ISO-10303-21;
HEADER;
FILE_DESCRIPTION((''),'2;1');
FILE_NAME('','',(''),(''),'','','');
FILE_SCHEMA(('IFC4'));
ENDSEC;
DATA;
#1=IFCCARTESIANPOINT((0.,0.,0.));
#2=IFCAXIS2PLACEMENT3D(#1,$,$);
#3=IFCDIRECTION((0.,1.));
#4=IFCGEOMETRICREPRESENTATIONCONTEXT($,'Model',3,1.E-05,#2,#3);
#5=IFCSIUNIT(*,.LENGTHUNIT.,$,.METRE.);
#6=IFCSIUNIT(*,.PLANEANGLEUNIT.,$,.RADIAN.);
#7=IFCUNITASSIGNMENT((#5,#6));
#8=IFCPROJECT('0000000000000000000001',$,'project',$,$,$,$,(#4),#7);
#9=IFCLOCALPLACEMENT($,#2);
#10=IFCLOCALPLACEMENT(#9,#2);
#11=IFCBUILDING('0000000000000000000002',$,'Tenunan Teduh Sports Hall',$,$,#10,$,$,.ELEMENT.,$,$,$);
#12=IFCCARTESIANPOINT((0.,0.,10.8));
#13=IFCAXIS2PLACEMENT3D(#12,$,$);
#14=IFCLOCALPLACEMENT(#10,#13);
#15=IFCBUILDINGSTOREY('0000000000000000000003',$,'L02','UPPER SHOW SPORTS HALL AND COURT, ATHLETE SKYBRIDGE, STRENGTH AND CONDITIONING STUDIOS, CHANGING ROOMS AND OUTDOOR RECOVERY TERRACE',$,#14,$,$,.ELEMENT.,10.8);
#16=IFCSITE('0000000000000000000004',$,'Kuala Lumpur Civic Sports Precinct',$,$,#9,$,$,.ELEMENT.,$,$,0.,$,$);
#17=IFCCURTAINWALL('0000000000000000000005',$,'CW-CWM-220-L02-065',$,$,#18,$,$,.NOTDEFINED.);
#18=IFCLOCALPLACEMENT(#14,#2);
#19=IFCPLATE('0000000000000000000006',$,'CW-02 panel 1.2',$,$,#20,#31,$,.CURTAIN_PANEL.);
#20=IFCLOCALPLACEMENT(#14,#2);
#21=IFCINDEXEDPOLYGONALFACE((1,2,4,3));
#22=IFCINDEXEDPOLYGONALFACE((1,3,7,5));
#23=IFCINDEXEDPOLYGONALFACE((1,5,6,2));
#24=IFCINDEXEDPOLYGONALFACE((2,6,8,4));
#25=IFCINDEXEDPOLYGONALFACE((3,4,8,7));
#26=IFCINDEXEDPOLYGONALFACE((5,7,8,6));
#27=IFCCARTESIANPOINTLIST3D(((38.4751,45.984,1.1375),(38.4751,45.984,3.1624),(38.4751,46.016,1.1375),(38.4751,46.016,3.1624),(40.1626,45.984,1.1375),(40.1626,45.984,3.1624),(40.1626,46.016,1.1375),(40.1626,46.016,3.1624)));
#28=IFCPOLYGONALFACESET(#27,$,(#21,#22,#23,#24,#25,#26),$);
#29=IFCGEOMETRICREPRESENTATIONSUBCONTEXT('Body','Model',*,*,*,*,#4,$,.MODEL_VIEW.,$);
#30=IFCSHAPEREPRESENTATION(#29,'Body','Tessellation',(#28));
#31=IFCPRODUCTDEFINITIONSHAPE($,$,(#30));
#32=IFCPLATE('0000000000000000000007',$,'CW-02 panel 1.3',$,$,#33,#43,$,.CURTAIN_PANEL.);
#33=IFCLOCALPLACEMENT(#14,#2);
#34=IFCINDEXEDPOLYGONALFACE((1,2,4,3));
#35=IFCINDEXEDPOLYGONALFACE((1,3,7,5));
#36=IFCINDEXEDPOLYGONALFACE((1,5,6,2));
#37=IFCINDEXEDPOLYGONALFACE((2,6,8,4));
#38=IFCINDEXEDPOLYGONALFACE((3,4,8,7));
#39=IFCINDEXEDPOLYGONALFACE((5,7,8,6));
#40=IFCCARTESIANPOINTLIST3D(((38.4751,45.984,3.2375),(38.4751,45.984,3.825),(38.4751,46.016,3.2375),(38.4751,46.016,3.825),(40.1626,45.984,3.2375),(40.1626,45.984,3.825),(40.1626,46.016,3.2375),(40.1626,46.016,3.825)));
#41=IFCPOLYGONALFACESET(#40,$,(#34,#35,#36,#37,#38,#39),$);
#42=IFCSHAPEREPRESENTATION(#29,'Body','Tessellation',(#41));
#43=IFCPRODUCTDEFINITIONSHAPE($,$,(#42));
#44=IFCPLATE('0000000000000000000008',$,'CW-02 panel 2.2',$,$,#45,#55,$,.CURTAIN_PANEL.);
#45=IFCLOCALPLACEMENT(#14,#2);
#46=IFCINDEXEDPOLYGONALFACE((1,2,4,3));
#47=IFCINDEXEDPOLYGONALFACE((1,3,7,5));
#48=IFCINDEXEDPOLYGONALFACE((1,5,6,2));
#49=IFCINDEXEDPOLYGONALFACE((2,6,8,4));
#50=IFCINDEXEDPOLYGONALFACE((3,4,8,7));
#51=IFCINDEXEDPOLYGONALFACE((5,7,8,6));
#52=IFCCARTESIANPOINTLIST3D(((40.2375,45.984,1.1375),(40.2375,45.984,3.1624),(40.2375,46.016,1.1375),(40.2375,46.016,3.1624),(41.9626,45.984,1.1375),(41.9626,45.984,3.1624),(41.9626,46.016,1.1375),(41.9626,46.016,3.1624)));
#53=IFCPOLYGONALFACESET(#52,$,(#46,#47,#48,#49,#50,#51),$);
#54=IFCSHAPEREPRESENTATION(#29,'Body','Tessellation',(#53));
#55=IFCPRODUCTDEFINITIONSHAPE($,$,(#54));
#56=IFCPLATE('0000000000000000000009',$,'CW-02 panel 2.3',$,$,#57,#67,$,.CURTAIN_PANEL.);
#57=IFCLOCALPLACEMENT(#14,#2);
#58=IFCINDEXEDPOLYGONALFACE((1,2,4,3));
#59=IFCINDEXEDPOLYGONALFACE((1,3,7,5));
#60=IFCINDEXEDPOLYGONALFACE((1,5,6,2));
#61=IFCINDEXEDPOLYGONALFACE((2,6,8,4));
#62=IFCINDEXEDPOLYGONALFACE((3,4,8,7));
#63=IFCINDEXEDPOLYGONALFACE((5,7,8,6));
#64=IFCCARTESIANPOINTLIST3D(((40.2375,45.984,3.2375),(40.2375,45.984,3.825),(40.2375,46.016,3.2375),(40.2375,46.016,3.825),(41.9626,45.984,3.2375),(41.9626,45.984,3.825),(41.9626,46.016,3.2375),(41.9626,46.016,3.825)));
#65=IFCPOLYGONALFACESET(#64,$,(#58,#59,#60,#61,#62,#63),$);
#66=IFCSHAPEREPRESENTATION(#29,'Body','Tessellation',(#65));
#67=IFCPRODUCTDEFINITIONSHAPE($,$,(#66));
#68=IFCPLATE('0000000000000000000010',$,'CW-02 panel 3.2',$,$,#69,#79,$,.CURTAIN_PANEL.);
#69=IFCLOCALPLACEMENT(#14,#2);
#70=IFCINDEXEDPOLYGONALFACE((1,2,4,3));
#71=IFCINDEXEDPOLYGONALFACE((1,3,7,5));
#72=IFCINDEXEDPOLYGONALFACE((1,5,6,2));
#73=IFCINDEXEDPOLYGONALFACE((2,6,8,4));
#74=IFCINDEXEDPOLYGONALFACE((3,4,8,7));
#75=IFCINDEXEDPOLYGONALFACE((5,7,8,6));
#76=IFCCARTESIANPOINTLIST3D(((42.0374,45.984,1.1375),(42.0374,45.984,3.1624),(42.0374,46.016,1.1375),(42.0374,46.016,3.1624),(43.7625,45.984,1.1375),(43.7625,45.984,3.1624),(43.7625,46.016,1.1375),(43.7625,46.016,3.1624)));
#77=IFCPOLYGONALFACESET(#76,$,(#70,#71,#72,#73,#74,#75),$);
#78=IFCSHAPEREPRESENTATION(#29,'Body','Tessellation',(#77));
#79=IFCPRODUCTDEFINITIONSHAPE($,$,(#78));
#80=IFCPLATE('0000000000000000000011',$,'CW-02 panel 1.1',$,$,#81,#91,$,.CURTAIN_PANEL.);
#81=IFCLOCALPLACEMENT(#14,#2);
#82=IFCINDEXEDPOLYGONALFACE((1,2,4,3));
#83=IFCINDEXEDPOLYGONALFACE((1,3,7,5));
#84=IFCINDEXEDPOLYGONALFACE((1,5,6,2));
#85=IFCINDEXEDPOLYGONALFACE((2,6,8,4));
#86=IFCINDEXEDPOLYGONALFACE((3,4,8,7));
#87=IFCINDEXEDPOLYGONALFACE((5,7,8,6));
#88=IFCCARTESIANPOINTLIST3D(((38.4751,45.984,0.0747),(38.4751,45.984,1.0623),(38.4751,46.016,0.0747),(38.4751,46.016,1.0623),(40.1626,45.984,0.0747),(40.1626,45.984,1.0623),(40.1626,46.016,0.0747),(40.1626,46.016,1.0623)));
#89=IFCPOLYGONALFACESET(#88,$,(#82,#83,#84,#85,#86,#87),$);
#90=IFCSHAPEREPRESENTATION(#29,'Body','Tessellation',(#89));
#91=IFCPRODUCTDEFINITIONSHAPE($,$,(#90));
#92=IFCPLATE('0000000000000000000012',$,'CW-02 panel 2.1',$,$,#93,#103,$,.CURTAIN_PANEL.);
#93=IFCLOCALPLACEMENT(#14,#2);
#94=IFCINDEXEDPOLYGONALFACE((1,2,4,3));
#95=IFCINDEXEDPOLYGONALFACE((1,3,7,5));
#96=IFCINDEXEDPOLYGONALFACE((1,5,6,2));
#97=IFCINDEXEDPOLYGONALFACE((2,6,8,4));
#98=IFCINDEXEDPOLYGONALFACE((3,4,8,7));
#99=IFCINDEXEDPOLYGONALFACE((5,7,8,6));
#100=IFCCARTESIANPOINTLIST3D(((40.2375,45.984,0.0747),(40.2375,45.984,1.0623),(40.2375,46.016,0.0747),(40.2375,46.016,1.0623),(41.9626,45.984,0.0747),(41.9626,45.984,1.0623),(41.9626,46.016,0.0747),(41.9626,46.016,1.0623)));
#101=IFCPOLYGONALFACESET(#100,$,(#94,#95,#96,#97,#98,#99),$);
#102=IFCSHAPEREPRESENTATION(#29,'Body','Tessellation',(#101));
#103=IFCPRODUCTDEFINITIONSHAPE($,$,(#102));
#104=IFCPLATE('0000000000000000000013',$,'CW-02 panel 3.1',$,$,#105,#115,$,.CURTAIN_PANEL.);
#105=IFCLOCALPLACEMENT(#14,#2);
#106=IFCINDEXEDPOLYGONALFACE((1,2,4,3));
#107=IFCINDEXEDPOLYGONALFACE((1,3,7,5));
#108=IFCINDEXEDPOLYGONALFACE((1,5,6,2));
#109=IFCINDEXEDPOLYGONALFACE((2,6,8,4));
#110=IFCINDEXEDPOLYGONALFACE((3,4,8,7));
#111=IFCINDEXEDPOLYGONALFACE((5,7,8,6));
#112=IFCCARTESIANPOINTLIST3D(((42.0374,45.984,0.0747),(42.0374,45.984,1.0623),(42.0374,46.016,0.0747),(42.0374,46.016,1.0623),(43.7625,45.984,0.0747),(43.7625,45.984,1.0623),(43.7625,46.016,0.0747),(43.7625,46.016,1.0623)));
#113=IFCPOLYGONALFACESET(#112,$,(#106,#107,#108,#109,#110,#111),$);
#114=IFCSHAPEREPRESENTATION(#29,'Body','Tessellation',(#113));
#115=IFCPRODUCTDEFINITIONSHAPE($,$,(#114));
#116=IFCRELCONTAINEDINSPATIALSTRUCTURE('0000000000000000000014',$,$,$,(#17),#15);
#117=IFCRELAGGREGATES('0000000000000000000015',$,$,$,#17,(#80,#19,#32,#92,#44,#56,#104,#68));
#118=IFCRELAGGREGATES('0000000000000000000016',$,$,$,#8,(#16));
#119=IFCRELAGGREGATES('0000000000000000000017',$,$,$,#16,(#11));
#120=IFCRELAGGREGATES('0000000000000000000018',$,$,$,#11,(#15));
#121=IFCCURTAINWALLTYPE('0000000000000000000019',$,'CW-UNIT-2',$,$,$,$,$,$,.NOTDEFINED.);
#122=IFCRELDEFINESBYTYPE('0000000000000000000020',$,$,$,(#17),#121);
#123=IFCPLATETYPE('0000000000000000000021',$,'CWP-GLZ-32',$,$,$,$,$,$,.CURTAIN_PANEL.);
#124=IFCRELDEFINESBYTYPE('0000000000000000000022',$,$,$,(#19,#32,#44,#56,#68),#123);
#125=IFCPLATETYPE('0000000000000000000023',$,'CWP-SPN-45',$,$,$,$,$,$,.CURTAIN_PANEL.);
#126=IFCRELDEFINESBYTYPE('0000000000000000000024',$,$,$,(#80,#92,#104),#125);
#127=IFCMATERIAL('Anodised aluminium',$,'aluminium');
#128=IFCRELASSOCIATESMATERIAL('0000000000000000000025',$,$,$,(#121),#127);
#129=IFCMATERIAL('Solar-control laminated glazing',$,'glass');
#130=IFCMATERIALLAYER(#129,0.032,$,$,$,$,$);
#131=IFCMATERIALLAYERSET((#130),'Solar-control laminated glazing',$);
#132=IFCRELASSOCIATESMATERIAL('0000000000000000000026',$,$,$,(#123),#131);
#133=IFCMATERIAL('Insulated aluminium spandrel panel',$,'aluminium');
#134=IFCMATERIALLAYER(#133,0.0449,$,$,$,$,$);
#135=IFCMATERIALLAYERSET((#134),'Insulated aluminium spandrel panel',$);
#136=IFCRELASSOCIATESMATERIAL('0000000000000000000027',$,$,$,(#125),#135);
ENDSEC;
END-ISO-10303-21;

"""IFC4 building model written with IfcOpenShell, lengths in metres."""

from ifc_helpers import new_model, si_unit, direction, frame, origin, origin_2d, place, context, subcontext, project, spatial, rectangle, extrude, material, layer, layer_set, type_object, element, aggregate, save


model = new_model("IFC4")

# Units and contexts
model_context = context("Model", 3, precision=1e-05, world=origin(), true_north=direction((0.0, 1.0)))
body_context = subcontext(model_context, "Body", "Model", "MODEL_VIEW")
ifc_project = project(units=[si_unit("LENGTHUNIT", "METRE"), si_unit("PLANEANGLEUNIT", "RADIAN")], contexts=[model_context])

# Site, building, storey
site_placement = place(None, origin())
site = spatial("IfcSite", under=ifc_project, at=site_placement, Name="Kuala Lumpur Civic Sports Precinct", CompositionType="ELEMENT", RefElevation=0.0)
building_placement = place(site_placement, origin())
building = spatial("IfcBuilding", under=site, at=building_placement, Name="Tenunan Teduh Sports Hall", CompositionType="ELEMENT")
storey_placement = place(building_placement, frame((0.0, 0.0, 10.8)))
storey = spatial("IfcBuildingStorey", under=building, at=storey_placement, Name="L02", Description="UPPER SHOW SPORTS HALL AND COURT, ATHLETE SKYBRIDGE, STRENGTH AND CONDITIONING STUDIOS, CHANGING ROOMS AND OUTDOOR RECOVERY TERRACE", CompositionType="ELEMENT", Elevation=10.8)

# Curtain wall, plates
ifc_material_1 = material(Name="Anodised aluminium", Category="aluminium")
curtain_wall_type = type_object("IfcCurtainWallType", Name="CW-UNIT-2", PredefinedType="NOTDEFINED", material=ifc_material_1)
curtain_wall_placement = place(storey_placement, origin())
curtain_wall = element("IfcCurtainWall", 1, at=curtain_wall_placement, inside=storey, type_object=curtain_wall_type, Name="CW-CWM-220-L02-065", PredefinedType="NOTDEFINED")
ifc_material_2 = material(Name="Solar-control laminated glazing", Category="glass")
ifc_layer_1 = layer(ifc_material_2, 0.032)
ifc_layer_set_1 = layer_set([ifc_layer_1], Name="Solar-control laminated glazing")
plate_type_1 = type_object("IfcPlateType", Name="CWP-GLZ-32", PredefinedType="CURTAIN_PANEL", material=ifc_layer_set_1)
plate_1_placement = place(storey_placement, frame((39.3188, 46.0, 1.1375), z_axis=(0.0, 0.0, 1.0), x_axis=(1.0, 0.0, 0.0)))
plate_1 = element("IfcPlate", 2, at=plate_1_placement, type_object=plate_type_1, Name="CW-02 panel 1.2", PredefinedType="CURTAIN_PANEL", context=body_context, shape_type="SweptSolid", body=[
    extrude(rectangle(XDim=1.6875, YDim=0.032, at=origin_2d()), origin(), (0.0, 0.0, 1.0), 2.0249),
])
plate_2_placement = place(storey_placement, frame((39.3188, 46.0, 3.2375), z_axis=(0.0, 0.0, 1.0), x_axis=(1.0, 0.0, 0.0)))
plate_2 = element("IfcPlate", 3, at=plate_2_placement, type_object=plate_type_1, Name="CW-02 panel 1.3", PredefinedType="CURTAIN_PANEL", context=body_context, shape_type="SweptSolid", body=[
    extrude(rectangle(XDim=1.6875, YDim=0.032, at=origin_2d()), origin(), (0.0, 0.0, 1.0), 0.5874),
])
plate_3_placement = place(storey_placement, frame((41.1001, 46.0, 1.1375), z_axis=(0.0, 0.0, 1.0), x_axis=(1.0, 0.0, 0.0)))
plate_3 = element("IfcPlate", 4, at=plate_3_placement, type_object=plate_type_1, Name="CW-02 panel 2.2", PredefinedType="CURTAIN_PANEL", context=body_context, shape_type="SweptSolid", body=[
    extrude(rectangle(XDim=1.7251, YDim=0.032, at=origin_2d()), origin(), (0.0, 0.0, 1.0), 2.0249),
])
plate_4_placement = place(storey_placement, frame((41.1001, 46.0, 3.2375), z_axis=(0.0, 0.0, 1.0), x_axis=(1.0, 0.0, 0.0)))
plate_4 = element("IfcPlate", 5, at=plate_4_placement, type_object=plate_type_1, Name="CW-02 panel 2.3", PredefinedType="CURTAIN_PANEL", context=body_context, shape_type="SweptSolid", body=[
    extrude(rectangle(XDim=1.7251, YDim=0.032, at=origin_2d()), origin(), (0.0, 0.0, 1.0), 0.5874),
])
plate_5_placement = place(storey_placement, frame((42.8999, 46.0, 1.1375), z_axis=(0.0, 0.0, 1.0), x_axis=(1.0, 0.0, 0.0)))
plate_5 = element("IfcPlate", 6, at=plate_5_placement, type_object=plate_type_1, Name="CW-02 panel 3.2", PredefinedType="CURTAIN_PANEL", context=body_context, shape_type="SweptSolid", body=[
    extrude(rectangle(XDim=1.7251, YDim=0.032, at=origin_2d()), origin(), (0.0, 0.0, 1.0), 2.0249),
])
ifc_material_3 = material(Name="Insulated aluminium spandrel panel", Category="aluminium")
ifc_layer_2 = layer(ifc_material_3, 0.0449)
ifc_layer_set_2 = layer_set([ifc_layer_2], Name="Insulated aluminium spandrel panel")
plate_type_2 = type_object("IfcPlateType", Name="CWP-SPN-45", PredefinedType="CURTAIN_PANEL", material=ifc_layer_set_2)
plate_6_placement = place(storey_placement, frame((39.3188, 46.0, 0.0747), z_axis=(0.0, 0.0, 1.0), x_axis=(1.0, 0.0, 0.0)))
plate_6 = element("IfcPlate", 7, at=plate_6_placement, type_object=plate_type_2, Name="CW-02 panel 1.1", PredefinedType="CURTAIN_PANEL", context=body_context, shape_type="SweptSolid", body=[
    extrude(rectangle(XDim=1.6875, YDim=0.032, at=origin_2d()), origin(), (0.0, 0.0, 1.0), 0.9875),
])
plate_7_placement = place(storey_placement, frame((41.1001, 46.0, 0.0747), z_axis=(0.0, 0.0, 1.0), x_axis=(1.0, 0.0, 0.0)))
plate_7 = element("IfcPlate", 8, at=plate_7_placement, type_object=plate_type_2, Name="CW-02 panel 2.1", PredefinedType="CURTAIN_PANEL", context=body_context, shape_type="SweptSolid", body=[
    extrude(rectangle(XDim=1.7251, YDim=0.032, at=origin_2d()), origin(), (0.0, 0.0, 1.0), 0.9875),
])
plate_8_placement = place(storey_placement, frame((42.8999, 46.0, 0.0747), z_axis=(0.0, 0.0, 1.0), x_axis=(1.0, 0.0, 0.0)))
plate_8 = element("IfcPlate", 9, at=plate_8_placement, type_object=plate_type_2, Name="CW-02 panel 3.1", PredefinedType="CURTAIN_PANEL", context=body_context, shape_type="SweptSolid", body=[
    extrude(rectangle(XDim=1.7251, YDim=0.032, at=origin_2d()), origin(), (0.0, 0.0, 1.0), 0.9875),
])
aggregate(curtain_wall, [plate_6, plate_1, plate_2, plate_7, plate_3, plate_4, plate_8, plate_5])

save(model, "model.ifc")
